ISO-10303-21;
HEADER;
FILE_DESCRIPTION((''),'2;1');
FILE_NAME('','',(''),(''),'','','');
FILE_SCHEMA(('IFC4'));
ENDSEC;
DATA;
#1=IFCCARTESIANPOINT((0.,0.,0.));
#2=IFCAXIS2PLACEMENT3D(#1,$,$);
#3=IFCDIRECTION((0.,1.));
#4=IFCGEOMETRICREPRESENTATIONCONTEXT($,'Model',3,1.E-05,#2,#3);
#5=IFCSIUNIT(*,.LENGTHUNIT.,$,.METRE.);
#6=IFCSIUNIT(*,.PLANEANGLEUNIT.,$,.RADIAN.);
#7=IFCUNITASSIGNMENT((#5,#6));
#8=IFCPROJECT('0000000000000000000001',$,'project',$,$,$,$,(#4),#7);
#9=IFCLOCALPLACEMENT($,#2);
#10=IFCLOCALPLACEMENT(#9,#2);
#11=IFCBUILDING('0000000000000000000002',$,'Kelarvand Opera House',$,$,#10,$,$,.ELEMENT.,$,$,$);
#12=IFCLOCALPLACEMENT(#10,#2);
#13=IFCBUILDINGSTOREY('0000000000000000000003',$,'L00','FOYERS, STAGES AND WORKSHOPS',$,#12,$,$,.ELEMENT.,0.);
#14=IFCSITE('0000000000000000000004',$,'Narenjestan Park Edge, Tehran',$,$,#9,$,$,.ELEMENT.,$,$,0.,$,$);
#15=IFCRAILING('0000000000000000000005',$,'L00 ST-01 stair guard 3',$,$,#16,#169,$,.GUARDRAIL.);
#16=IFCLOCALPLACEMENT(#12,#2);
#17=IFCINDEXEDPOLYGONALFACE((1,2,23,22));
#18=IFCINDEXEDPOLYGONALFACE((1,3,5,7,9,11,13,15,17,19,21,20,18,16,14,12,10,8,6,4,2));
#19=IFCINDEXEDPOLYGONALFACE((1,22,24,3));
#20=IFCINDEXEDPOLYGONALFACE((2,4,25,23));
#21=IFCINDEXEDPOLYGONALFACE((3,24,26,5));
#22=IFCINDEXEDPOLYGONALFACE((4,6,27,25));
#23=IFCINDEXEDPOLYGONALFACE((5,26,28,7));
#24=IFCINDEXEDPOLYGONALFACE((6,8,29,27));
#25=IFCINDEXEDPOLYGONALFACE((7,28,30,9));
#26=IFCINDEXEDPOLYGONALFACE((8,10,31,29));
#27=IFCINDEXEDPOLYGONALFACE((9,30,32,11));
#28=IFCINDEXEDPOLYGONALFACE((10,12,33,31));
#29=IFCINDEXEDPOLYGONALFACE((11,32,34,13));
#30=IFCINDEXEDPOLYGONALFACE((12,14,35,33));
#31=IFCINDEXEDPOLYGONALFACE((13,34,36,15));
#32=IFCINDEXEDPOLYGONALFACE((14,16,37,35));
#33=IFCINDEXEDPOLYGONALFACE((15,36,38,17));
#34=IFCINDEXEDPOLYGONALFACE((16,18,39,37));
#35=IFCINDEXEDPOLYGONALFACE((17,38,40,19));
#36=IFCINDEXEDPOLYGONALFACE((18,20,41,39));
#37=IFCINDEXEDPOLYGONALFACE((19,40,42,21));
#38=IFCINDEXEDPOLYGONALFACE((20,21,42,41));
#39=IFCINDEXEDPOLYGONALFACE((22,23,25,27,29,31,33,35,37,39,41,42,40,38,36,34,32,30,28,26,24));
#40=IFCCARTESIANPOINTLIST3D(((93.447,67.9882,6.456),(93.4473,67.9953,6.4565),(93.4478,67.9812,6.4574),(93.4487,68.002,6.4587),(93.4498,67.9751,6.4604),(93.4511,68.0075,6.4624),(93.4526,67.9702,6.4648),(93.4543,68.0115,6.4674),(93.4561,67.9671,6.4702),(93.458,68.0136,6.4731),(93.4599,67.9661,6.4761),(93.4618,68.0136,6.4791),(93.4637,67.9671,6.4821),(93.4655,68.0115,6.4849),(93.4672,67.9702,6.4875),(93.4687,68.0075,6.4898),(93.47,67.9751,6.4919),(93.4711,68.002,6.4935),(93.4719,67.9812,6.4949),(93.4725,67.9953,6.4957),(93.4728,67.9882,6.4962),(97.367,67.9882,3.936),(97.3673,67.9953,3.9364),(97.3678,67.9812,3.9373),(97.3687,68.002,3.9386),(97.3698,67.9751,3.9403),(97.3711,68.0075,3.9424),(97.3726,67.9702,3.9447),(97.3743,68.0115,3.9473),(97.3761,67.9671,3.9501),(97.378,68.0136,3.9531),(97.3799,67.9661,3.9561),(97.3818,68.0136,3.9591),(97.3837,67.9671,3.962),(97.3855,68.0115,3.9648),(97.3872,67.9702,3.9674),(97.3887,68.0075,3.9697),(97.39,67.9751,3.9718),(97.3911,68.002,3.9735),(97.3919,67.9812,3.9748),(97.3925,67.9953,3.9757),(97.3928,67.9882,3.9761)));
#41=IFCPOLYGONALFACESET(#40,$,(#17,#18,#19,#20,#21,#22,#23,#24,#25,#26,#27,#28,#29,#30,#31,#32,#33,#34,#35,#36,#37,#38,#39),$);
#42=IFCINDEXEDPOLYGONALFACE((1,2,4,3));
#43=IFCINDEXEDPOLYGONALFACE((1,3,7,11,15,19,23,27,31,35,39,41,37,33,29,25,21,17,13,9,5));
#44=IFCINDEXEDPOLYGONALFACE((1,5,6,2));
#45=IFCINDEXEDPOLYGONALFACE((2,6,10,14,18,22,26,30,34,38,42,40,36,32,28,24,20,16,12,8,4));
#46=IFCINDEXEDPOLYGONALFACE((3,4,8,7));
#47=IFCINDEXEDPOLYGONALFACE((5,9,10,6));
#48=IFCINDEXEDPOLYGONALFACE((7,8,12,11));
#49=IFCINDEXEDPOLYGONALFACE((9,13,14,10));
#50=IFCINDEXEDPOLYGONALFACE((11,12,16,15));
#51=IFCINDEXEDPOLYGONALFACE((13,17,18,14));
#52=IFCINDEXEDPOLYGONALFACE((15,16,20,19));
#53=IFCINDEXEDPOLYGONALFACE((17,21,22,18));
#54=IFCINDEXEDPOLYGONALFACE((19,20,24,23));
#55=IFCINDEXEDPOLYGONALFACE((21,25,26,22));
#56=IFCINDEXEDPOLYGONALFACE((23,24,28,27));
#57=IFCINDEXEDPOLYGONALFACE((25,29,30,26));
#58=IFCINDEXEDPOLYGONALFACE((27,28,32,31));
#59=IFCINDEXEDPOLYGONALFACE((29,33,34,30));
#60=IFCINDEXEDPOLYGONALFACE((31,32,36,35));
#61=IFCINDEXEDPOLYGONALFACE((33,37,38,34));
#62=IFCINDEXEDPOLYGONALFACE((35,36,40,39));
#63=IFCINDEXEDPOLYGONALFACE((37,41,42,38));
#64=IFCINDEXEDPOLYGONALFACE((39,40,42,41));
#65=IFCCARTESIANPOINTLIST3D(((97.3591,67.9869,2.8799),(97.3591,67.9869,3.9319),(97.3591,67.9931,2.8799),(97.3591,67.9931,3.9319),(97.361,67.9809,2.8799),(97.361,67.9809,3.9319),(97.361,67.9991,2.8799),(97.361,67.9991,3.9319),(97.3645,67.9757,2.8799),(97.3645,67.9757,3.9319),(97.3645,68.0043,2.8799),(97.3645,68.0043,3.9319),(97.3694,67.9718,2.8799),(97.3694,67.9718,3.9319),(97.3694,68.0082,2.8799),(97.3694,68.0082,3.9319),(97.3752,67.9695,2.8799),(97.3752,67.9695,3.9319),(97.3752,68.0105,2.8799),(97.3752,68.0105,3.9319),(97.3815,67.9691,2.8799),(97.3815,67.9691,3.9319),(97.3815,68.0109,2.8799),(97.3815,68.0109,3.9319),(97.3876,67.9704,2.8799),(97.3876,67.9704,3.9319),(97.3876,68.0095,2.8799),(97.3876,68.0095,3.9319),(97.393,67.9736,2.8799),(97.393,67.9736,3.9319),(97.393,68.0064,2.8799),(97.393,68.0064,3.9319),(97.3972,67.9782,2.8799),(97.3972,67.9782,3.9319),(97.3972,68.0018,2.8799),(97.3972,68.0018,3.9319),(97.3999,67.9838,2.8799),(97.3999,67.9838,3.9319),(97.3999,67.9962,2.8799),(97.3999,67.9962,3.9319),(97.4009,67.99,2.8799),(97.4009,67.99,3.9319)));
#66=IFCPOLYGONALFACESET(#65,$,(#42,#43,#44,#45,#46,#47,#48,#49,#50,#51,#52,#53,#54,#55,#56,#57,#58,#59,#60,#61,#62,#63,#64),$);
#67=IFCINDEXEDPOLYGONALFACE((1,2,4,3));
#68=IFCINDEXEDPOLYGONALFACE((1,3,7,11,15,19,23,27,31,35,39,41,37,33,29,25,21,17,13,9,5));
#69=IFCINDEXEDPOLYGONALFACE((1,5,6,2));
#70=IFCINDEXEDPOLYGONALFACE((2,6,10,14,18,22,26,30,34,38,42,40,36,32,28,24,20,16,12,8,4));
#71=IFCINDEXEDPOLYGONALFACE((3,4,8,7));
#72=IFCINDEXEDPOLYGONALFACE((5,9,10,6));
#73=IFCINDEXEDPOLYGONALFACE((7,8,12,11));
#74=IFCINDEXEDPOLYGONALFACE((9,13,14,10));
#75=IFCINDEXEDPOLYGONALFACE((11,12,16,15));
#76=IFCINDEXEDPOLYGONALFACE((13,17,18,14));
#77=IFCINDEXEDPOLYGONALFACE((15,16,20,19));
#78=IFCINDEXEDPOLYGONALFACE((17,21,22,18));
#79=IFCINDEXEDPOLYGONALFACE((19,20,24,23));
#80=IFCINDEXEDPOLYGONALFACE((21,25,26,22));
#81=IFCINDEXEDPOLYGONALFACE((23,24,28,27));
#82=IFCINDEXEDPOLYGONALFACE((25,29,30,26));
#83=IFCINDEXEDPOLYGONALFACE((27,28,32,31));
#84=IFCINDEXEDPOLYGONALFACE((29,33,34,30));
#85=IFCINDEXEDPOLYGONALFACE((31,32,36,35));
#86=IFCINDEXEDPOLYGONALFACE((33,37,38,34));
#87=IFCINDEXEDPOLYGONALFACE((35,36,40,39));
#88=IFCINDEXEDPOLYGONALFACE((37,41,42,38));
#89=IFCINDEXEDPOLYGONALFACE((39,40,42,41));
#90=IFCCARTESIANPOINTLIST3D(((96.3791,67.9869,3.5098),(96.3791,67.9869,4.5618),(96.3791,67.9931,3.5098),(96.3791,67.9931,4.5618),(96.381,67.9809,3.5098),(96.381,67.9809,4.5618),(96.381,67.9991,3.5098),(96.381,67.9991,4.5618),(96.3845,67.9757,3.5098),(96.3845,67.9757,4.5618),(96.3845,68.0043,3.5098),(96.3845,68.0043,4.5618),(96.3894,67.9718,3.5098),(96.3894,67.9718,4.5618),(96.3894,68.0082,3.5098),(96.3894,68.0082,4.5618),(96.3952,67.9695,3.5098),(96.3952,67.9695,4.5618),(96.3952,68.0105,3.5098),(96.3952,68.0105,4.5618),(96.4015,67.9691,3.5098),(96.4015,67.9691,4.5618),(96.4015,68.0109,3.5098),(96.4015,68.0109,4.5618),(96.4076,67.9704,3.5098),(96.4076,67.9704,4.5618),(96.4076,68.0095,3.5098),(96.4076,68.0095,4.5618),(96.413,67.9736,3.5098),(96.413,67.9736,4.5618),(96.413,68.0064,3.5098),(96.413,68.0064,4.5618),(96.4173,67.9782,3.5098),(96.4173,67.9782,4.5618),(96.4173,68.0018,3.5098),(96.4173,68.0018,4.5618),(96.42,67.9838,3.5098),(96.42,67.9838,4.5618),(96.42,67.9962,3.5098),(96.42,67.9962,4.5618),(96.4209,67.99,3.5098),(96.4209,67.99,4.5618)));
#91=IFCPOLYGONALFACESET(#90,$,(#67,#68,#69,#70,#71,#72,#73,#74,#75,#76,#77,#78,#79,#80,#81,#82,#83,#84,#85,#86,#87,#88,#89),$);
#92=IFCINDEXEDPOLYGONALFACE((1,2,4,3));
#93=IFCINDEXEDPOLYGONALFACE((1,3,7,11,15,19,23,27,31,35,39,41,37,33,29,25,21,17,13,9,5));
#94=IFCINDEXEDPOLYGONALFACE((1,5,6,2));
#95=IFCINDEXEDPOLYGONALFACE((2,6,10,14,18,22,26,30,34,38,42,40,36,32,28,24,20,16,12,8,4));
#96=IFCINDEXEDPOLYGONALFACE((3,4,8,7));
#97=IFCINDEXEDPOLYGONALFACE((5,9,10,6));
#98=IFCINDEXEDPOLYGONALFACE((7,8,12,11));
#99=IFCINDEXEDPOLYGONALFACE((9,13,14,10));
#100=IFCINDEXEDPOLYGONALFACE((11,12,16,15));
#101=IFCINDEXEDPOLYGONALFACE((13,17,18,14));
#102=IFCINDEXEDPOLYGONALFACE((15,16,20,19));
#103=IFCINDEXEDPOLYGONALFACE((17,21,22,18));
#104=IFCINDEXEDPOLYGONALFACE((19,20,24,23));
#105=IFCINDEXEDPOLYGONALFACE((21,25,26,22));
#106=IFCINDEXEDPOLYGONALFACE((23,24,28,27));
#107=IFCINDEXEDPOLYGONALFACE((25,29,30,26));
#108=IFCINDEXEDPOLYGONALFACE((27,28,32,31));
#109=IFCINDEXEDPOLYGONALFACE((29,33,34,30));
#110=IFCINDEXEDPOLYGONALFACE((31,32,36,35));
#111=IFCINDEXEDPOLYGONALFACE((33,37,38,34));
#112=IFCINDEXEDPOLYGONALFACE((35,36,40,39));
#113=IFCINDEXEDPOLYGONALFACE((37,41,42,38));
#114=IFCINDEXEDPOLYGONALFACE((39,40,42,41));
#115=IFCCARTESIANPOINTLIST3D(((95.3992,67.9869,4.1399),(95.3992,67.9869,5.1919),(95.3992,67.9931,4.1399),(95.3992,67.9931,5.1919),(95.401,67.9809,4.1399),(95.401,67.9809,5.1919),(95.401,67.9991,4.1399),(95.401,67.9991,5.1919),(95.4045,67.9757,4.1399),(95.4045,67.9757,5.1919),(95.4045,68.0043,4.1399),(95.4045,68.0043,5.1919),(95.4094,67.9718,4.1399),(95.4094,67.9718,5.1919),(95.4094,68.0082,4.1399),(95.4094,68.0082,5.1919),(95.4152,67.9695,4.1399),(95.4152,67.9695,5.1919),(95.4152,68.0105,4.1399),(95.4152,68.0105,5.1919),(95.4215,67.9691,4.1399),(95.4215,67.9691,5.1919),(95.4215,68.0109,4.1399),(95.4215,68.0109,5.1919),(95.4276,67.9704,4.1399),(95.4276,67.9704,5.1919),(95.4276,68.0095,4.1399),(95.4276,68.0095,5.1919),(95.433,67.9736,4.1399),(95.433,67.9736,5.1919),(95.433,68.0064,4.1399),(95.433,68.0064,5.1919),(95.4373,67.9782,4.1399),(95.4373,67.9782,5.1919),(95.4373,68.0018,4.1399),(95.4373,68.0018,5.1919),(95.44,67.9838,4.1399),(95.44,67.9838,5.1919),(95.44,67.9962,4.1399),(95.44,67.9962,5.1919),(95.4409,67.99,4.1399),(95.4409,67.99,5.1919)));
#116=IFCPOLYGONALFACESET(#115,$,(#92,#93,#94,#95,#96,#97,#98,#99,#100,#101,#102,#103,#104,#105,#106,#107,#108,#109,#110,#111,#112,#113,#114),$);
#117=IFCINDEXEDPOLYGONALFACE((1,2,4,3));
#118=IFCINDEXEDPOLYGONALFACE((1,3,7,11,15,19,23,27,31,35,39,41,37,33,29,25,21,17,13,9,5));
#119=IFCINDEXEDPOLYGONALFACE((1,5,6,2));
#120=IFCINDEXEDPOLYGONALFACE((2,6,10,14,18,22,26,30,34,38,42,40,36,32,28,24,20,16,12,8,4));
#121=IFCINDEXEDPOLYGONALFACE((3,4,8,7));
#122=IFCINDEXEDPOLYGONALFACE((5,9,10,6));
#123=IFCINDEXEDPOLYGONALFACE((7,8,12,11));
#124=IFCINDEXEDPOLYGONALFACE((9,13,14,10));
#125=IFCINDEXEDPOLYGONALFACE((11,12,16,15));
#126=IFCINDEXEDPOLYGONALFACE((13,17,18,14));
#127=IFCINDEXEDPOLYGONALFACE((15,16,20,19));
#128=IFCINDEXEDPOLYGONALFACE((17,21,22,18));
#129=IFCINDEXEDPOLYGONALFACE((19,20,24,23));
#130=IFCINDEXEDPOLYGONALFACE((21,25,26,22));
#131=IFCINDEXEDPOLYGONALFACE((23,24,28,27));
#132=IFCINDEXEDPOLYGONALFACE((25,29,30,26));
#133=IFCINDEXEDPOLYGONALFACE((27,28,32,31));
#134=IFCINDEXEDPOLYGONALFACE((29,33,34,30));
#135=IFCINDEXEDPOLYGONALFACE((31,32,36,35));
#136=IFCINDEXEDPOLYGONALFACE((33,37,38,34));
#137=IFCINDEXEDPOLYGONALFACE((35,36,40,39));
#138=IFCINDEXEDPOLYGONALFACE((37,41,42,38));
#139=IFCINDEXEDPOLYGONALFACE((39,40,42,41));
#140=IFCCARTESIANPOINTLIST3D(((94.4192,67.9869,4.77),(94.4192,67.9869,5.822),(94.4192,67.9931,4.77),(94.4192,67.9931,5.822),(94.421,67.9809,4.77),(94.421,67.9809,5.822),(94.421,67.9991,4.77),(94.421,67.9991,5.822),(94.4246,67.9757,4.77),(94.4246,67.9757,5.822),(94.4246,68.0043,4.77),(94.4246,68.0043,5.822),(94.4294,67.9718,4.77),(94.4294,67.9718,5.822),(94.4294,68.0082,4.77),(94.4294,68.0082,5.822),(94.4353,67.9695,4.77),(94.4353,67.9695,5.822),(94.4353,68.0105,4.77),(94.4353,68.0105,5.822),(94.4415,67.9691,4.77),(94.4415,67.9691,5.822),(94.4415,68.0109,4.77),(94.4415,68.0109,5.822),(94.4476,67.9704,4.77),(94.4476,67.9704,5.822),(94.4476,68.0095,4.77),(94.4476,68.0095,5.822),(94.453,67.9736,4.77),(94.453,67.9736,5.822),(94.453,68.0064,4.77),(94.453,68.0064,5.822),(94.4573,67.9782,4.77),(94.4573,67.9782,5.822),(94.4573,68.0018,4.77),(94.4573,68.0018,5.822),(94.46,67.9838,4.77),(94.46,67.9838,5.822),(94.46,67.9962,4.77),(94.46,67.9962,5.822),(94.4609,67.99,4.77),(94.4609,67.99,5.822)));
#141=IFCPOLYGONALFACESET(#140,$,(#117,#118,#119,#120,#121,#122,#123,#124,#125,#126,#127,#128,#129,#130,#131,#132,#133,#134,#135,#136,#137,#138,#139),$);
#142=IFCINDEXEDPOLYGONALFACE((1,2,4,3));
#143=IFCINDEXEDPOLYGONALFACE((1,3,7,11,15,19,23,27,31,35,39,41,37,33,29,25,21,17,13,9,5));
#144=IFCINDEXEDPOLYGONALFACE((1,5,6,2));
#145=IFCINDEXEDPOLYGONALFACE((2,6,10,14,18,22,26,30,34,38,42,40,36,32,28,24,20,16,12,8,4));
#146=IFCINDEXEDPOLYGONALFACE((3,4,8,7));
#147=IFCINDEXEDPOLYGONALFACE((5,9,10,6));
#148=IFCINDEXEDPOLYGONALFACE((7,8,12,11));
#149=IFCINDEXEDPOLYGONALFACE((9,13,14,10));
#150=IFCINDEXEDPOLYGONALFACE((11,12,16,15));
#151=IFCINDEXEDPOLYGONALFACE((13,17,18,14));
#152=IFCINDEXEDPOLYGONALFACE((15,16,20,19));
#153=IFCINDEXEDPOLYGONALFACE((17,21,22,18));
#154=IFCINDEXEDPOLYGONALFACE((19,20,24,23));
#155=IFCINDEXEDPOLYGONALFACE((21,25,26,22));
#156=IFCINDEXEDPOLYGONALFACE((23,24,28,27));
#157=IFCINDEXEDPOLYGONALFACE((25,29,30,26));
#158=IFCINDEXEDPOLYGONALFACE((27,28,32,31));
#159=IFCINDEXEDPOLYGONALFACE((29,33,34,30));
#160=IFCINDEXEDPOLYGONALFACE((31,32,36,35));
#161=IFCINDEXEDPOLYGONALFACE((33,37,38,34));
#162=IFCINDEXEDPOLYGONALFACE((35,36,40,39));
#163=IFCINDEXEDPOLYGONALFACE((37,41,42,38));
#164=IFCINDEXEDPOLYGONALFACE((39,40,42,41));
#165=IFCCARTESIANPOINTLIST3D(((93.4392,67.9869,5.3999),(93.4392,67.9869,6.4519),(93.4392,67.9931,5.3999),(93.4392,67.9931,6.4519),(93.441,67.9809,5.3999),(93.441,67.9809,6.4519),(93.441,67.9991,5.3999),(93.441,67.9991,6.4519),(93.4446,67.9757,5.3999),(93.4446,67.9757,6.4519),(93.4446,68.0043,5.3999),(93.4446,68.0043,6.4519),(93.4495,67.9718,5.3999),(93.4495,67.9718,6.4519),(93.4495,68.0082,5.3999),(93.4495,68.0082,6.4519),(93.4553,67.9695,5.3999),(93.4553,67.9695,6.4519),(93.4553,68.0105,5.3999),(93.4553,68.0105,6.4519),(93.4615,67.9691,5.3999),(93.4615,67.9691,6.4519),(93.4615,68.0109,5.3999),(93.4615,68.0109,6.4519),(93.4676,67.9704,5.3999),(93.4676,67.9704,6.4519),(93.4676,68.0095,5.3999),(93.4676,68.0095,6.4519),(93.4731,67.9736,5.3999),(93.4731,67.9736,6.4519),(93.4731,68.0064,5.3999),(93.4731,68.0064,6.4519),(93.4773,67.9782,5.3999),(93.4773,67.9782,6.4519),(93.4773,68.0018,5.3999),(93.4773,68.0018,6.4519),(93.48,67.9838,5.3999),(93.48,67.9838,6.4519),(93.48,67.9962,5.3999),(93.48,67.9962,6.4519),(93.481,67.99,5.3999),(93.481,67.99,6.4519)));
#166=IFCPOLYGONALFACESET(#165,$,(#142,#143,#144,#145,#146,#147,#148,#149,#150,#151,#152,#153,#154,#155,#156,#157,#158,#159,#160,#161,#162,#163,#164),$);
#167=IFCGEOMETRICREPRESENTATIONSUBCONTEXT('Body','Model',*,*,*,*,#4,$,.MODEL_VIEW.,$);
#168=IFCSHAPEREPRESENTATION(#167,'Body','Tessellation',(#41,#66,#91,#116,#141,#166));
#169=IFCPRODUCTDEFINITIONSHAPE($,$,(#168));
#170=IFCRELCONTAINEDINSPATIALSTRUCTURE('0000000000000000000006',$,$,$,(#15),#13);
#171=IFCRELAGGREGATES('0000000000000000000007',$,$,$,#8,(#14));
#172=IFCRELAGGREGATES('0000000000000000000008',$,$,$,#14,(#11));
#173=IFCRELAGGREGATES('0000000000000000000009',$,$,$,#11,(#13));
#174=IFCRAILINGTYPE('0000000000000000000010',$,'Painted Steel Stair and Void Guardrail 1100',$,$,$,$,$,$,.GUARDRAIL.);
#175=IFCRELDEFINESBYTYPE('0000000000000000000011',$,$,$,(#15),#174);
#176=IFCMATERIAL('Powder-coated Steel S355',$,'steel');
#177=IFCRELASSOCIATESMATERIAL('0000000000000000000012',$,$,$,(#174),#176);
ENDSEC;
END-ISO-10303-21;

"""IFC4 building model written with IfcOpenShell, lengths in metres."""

from ifc_helpers import new_model, si_unit, direction, frame, origin, origin_2d, place, context, subcontext, project, spatial, circle, extrude, material, type_object, element, save


model = new_model("IFC4")

# Units and contexts
model_context = context("Model", 3, precision=1e-05, world=origin(), true_north=direction((0.0, 1.0)))
body_context = subcontext(model_context, "Body", "Model", "MODEL_VIEW")
ifc_project = project(units=[si_unit("LENGTHUNIT", "METRE"), si_unit("PLANEANGLEUNIT", "RADIAN")], contexts=[model_context])

# Site, building, storey
site_placement = place(None, origin())
site = spatial("IfcSite", under=ifc_project, at=site_placement, Name="Narenjestan Park Edge, Tehran", CompositionType="ELEMENT", RefElevation=0.0)
building_placement = place(site_placement, origin())
building = spatial("IfcBuilding", under=site, at=building_placement, Name="Kelarvand Opera House", CompositionType="ELEMENT")
storey_placement = place(building_placement, origin())
storey = spatial("IfcBuildingStorey", under=building, at=storey_placement, Name="L00", Description="FOYERS, STAGES AND WORKSHOPS", CompositionType="ELEMENT", Elevation=0.0)

# Railing
ifc_material_1 = material(Name="Powder-coated Steel S355", Category="steel")
railing_type_1 = type_object("IfcRailingType", Name="Painted Steel Stair and Void Guardrail 1100", PredefinedType="GUARDRAIL", material=ifc_material_1)
railing_1_placement = place(storey_placement, frame((97.3799, 67.99, 2.8799)))
element("IfcRailing", 1, at=railing_1_placement, inside=storey, type_object=railing_type_1, Name="L00 ST-01 stair guard 3", PredefinedType="GUARDRAIL", context=body_context, shape_type="SweptSolid", body=[
    extrude(circle(Radius=0.0239, at=origin_2d()), frame((0.0, 0.0, 1.0762), z_axis=(-0.841172, 0.0, 0.540768), x_axis=(0.0, -1.0, 0.0)), (0.0, 0.0, 1.0), 4.6602),
    extrude(circle(Radius=0.021, at=origin_2d()), origin(), (0.0, 0.0, 1.0), 1.052),
    extrude(circle(Radius=0.021, at=origin_2d()), frame((-0.98, 0.0, 0.6299)), (0.0, 0.0, 1.0), 1.052),
    extrude(circle(Radius=0.021, at=origin_2d()), frame((-1.96, 0.0, 1.26)), (0.0, 0.0, 1.0), 1.052),
    extrude(circle(Radius=0.021, at=origin_2d()), frame((-2.9399, 0.0, 1.8901)), (0.0, 0.0, 1.0), 1.052),
    extrude(circle(Radius=0.021, at=origin_2d()), frame((-3.9199, 0.0, 2.52)), (0.0, 0.0, 1.0), 1.052),
])

save(model, "model.ifc")
